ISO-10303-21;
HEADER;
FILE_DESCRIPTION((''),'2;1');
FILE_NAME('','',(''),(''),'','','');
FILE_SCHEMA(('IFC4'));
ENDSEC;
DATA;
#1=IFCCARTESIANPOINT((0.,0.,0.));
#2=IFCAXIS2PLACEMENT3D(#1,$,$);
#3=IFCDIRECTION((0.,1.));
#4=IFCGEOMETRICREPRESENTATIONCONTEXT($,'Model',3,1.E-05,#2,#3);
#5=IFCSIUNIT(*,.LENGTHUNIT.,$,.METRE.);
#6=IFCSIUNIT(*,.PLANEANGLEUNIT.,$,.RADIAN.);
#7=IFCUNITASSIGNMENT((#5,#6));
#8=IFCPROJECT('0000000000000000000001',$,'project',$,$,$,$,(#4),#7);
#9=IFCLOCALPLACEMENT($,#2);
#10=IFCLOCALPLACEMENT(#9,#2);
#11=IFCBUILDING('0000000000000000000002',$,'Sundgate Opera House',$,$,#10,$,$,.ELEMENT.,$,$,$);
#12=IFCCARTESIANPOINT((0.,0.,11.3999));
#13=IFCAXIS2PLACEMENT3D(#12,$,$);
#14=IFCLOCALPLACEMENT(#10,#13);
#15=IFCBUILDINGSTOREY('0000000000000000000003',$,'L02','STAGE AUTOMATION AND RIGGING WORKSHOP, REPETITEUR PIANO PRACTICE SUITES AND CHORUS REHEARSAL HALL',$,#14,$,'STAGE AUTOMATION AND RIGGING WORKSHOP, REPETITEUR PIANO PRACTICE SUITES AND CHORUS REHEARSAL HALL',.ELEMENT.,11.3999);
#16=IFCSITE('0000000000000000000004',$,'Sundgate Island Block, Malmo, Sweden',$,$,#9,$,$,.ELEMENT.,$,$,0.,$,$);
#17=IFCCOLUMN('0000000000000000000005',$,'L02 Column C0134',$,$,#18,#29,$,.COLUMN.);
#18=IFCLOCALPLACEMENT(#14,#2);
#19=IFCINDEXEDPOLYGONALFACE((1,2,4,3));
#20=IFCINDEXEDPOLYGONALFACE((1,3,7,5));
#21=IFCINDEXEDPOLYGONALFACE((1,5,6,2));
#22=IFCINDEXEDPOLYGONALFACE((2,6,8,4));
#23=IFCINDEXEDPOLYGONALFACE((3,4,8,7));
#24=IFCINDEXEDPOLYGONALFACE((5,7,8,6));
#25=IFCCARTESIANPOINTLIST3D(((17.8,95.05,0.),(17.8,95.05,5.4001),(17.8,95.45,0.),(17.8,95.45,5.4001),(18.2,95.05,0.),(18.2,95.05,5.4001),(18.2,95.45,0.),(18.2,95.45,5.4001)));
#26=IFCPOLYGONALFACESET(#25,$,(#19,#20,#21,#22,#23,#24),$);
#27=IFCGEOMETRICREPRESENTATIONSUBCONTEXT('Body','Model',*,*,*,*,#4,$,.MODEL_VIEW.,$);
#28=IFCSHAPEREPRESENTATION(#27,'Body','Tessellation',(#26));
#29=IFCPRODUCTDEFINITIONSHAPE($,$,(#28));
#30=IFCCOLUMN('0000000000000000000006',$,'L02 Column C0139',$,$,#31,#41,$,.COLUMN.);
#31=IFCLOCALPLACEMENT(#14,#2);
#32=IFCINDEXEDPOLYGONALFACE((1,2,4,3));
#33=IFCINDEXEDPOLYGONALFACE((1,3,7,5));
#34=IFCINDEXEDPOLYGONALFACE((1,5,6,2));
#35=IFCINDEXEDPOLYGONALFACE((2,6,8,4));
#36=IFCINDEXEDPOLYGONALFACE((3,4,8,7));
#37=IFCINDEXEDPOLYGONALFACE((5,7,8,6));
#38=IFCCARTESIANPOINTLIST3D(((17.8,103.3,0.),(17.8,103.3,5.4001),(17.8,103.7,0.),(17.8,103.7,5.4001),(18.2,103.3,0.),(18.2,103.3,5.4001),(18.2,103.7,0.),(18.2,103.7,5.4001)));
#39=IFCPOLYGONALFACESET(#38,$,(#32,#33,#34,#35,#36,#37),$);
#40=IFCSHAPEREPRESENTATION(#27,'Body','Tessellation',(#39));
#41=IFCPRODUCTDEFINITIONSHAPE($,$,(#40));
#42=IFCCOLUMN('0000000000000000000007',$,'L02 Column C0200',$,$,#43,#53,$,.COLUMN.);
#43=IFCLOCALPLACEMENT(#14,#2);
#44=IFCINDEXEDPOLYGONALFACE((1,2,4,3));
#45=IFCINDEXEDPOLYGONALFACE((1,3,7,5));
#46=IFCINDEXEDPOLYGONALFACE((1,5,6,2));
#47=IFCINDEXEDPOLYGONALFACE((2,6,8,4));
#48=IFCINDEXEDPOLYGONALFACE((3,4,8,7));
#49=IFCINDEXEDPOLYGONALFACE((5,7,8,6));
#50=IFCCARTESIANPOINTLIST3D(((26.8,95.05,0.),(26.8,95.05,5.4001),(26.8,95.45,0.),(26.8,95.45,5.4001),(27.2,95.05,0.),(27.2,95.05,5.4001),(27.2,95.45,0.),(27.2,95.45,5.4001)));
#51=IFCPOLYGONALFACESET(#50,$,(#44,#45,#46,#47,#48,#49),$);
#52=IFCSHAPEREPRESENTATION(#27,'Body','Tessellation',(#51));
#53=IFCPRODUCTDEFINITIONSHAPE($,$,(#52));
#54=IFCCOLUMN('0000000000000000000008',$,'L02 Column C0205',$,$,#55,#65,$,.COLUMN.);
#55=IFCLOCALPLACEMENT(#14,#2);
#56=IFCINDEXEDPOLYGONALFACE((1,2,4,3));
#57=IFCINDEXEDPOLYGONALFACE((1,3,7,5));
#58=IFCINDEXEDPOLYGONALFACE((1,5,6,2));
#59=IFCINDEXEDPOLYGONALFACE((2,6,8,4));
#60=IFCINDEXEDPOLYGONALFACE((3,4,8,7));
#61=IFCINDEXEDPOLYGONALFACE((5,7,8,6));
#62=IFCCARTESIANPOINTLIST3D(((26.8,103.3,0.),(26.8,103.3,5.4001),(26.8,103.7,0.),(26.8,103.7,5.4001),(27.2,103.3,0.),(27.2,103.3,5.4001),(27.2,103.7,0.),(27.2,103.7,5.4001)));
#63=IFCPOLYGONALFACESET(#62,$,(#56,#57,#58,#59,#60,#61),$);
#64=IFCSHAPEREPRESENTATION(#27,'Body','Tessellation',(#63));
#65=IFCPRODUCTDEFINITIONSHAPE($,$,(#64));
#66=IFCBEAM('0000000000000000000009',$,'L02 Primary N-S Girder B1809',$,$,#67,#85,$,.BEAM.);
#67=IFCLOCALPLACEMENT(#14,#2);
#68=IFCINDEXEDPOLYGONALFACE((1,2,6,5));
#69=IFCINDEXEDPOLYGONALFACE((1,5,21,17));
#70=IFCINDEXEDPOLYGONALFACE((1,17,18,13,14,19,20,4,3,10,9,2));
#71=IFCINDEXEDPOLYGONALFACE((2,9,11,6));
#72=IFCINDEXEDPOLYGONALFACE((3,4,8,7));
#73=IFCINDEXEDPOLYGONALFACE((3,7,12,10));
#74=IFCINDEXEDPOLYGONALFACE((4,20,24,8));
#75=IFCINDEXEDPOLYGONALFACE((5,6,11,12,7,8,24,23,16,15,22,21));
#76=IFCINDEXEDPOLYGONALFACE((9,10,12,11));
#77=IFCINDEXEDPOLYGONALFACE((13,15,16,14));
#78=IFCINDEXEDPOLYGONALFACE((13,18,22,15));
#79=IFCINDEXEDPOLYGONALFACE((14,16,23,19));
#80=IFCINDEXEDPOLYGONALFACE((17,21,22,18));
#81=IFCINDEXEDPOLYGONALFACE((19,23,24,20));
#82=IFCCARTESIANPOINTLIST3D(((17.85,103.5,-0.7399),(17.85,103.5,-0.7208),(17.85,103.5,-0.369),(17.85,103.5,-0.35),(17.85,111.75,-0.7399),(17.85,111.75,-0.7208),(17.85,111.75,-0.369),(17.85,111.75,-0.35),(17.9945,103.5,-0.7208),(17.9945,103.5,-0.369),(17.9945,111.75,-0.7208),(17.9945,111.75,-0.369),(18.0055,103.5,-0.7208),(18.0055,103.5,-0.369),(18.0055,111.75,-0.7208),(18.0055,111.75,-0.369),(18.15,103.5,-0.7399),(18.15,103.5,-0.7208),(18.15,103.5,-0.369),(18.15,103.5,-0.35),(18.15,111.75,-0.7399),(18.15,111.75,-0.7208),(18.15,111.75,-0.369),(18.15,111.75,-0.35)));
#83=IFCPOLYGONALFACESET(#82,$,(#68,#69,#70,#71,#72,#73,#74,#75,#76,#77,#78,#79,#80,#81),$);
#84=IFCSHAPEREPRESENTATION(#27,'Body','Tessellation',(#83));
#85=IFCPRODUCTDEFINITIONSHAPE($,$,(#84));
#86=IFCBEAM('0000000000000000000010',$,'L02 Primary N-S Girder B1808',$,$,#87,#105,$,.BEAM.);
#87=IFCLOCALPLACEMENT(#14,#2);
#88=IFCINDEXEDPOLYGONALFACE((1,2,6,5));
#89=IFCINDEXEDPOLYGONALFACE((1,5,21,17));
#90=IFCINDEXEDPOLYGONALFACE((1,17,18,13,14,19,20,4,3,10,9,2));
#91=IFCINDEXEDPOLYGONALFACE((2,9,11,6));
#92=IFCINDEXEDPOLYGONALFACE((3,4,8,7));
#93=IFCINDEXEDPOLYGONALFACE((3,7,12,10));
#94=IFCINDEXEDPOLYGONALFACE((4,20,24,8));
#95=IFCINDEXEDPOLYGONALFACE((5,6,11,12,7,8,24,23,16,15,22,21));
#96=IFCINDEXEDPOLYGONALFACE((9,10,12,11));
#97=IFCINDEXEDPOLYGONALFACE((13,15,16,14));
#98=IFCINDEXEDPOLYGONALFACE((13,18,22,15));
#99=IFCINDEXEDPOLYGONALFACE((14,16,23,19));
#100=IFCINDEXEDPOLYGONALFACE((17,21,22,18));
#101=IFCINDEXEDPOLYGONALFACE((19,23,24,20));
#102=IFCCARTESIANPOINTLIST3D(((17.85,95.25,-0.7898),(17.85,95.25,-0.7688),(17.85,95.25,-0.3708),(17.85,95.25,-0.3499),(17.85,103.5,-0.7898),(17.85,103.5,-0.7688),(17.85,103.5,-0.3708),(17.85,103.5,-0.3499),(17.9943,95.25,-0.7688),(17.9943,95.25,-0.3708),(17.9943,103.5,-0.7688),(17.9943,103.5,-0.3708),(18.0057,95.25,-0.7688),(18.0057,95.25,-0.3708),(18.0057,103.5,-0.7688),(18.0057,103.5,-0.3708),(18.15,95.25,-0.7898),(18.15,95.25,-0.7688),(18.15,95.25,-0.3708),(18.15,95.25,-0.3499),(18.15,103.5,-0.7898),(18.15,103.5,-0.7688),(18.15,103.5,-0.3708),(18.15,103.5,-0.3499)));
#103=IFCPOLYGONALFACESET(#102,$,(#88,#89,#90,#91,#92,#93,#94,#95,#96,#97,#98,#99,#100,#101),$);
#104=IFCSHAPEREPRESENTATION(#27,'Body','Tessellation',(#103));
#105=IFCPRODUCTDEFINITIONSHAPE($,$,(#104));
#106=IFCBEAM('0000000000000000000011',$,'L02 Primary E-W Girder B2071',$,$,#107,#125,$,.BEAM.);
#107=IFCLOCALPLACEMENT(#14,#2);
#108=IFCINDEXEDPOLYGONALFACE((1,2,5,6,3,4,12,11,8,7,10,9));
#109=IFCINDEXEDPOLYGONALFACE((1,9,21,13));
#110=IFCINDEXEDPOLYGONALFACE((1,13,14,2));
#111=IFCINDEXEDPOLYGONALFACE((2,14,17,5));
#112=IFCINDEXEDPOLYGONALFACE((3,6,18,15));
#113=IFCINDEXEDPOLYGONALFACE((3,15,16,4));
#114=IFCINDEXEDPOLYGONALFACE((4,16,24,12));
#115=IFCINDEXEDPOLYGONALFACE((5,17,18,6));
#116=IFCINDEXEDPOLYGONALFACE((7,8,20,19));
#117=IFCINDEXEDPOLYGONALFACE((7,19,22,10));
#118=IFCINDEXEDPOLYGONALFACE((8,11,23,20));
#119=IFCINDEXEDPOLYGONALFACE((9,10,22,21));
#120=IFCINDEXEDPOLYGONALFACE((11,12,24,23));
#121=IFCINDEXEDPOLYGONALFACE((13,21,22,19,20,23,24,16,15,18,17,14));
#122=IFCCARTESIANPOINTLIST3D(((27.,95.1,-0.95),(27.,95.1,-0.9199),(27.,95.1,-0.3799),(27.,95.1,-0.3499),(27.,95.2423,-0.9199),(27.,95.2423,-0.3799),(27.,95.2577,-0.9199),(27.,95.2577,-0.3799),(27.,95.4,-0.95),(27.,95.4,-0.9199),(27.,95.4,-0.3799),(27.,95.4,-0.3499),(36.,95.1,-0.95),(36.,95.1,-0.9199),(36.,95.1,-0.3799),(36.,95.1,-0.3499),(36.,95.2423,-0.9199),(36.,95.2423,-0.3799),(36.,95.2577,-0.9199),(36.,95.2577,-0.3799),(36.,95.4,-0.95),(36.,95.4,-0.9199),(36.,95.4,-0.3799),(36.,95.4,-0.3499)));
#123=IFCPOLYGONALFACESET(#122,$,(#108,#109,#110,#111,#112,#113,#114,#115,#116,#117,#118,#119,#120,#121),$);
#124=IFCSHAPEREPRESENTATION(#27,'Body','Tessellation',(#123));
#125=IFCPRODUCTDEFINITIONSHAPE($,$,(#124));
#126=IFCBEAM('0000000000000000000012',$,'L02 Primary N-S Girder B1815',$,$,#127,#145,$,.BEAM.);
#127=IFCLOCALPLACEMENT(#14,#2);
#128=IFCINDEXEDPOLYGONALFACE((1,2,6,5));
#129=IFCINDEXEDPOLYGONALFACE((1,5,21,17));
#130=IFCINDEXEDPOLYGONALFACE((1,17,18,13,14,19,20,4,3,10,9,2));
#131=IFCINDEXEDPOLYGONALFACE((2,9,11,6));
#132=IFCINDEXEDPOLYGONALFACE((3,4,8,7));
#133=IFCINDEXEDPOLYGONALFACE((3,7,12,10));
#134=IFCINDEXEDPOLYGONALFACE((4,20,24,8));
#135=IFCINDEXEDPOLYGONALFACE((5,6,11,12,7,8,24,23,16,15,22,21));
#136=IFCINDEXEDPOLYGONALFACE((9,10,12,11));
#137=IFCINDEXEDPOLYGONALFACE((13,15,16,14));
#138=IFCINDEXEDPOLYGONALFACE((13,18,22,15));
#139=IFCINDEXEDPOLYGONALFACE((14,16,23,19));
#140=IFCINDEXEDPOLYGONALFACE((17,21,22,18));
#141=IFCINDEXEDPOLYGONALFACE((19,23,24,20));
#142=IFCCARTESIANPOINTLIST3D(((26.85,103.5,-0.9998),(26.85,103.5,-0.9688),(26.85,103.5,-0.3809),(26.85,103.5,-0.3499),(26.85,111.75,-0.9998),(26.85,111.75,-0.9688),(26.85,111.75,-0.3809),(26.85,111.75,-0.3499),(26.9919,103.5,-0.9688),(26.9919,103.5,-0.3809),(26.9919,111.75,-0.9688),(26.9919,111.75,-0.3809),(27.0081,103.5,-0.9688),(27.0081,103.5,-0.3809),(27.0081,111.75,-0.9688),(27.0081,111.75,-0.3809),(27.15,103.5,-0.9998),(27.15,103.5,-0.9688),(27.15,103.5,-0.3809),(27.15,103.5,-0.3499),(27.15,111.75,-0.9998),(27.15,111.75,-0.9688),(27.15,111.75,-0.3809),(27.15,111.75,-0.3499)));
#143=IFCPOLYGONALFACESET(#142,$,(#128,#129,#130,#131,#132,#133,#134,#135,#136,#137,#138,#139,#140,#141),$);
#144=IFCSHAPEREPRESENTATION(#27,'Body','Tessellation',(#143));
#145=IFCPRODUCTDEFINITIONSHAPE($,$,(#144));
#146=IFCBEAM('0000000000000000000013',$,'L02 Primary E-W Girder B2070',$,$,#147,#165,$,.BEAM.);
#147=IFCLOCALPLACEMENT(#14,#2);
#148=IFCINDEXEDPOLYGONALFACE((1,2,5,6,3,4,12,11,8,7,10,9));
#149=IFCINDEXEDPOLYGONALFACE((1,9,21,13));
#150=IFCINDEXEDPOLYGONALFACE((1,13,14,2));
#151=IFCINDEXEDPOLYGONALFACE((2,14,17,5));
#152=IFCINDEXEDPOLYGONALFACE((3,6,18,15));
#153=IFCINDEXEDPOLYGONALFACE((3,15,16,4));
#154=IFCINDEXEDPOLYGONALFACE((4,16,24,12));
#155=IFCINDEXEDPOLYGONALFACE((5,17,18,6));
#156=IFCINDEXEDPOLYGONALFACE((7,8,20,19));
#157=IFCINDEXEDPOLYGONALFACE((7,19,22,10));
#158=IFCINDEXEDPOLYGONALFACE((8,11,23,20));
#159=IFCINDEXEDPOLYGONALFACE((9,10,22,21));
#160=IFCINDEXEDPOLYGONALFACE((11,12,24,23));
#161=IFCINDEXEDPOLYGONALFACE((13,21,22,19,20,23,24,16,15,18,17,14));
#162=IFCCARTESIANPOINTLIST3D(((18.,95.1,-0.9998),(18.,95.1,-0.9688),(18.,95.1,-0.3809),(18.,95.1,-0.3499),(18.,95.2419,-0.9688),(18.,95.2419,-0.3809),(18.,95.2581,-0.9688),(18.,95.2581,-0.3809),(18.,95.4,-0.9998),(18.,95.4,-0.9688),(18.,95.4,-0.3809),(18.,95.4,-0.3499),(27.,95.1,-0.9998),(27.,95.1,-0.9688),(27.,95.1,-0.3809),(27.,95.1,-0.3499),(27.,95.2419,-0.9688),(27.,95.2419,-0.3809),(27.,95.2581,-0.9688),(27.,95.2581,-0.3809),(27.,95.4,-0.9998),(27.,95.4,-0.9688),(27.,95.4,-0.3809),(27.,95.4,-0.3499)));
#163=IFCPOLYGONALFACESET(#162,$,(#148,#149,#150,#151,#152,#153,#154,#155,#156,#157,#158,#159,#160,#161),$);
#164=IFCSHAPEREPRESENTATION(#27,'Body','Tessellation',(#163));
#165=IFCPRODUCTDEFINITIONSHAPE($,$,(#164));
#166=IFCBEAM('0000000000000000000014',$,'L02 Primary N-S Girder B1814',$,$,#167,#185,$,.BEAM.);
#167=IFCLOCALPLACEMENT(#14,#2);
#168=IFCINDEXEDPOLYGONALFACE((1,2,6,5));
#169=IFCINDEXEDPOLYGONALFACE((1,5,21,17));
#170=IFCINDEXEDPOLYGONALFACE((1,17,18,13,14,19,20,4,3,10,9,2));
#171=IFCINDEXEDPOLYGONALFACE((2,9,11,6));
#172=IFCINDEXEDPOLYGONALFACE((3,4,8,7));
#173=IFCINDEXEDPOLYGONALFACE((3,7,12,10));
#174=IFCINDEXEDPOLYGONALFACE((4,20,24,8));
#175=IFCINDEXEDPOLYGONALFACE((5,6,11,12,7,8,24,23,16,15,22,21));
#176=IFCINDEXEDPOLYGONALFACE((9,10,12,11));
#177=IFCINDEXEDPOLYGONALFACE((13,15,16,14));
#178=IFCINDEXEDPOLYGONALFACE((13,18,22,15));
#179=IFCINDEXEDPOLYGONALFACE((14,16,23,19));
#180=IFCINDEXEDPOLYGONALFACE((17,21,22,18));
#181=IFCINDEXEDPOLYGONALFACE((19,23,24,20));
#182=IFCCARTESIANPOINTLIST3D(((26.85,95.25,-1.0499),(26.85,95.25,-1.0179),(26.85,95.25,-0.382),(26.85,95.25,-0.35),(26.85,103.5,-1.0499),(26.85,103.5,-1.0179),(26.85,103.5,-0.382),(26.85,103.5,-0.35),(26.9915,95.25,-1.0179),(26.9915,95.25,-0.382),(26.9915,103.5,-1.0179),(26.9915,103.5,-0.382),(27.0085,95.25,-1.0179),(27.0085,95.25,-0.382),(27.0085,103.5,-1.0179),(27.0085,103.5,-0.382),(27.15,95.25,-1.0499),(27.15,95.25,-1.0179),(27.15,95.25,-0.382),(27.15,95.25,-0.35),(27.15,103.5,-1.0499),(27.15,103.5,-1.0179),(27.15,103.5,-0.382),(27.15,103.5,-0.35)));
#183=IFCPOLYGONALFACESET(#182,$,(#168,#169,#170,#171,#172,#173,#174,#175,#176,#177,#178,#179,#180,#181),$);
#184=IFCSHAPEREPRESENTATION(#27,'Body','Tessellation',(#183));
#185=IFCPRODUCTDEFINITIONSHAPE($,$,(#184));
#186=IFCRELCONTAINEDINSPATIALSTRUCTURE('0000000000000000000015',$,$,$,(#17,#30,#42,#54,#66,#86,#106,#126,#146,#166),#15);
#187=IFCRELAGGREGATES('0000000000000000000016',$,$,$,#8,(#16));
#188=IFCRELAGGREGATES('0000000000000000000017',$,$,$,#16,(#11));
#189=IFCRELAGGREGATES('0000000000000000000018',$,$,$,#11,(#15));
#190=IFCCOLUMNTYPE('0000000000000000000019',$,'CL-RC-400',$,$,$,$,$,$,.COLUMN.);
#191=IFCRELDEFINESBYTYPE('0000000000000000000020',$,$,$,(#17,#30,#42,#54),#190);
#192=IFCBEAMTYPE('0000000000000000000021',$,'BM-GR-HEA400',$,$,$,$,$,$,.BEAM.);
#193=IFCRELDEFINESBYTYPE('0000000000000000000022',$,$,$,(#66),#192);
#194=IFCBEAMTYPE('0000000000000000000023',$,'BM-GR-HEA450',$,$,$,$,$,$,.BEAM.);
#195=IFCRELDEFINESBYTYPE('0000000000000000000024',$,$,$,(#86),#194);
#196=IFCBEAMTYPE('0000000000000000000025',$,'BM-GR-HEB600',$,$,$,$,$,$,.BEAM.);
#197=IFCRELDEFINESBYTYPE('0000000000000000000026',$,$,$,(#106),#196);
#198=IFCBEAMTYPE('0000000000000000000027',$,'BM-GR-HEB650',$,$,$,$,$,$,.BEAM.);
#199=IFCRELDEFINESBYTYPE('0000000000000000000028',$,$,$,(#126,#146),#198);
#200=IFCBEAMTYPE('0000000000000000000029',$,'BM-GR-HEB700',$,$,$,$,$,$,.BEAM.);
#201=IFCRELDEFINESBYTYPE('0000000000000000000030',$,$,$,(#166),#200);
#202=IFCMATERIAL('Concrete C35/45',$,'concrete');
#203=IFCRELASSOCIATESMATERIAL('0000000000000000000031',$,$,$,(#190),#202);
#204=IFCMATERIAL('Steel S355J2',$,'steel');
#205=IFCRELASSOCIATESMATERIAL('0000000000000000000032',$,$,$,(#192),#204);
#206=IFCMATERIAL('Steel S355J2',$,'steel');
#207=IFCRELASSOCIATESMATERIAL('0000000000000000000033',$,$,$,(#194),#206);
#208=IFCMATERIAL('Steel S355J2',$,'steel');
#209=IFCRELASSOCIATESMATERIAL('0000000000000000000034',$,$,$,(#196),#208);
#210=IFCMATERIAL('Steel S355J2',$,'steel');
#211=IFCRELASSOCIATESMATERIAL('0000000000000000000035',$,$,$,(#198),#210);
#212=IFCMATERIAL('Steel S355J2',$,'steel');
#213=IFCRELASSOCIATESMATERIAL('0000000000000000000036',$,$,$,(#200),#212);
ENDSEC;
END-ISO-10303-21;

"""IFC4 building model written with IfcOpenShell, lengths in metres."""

from ifc_helpers import new_model, si_unit, direction, frame, origin, origin_2d, place, context, subcontext, project, spatial, rectangle, i_section, extrude, material, material_profile, profile_set, type_object, element, save


model = new_model("IFC4")

# Units and contexts
model_context = context("Model", 3, precision=1e-05, world=origin(), true_north=direction((0.0, 1.0)))
body_context = subcontext(model_context, "Body", "Model", "MODEL_VIEW")
ifc_project = project(units=[si_unit("LENGTHUNIT", "METRE"), si_unit("PLANEANGLEUNIT", "RADIAN")], contexts=[model_context])

# Site, building, storey
site_placement = place(None, origin())
site = spatial("IfcSite", under=ifc_project, at=site_placement, Name="Sundgate Island Block, Malmo, Sweden", CompositionType="ELEMENT", RefElevation=0.0)
building_placement = place(site_placement, origin())
building = spatial("IfcBuilding", under=site, at=building_placement, Name="Sundgate Opera House", CompositionType="ELEMENT")
storey_placement = place(building_placement, frame((0.0, 0.0, 11.3999)))
storey = spatial("IfcBuildingStorey", under=building, at=storey_placement, Name="L02", Description="STAGE AUTOMATION AND RIGGING WORKSHOP, REPETITEUR PIANO PRACTICE SUITES AND CHORUS REHEARSAL HALL", LongName="STAGE AUTOMATION AND RIGGING WORKSHOP, REPETITEUR PIANO PRACTICE SUITES AND CHORUS REHEARSAL HALL", CompositionType="ELEMENT", Elevation=11.3999)

# Columns
ifc_material_1 = material(Name="Concrete C35/45", Category="concrete")
ifc_material_profile_1 = material_profile(ifc_material_1, rectangle(XDim=0.3999, YDim=0.3999, at=origin_2d()), Name="RC 400x400")
ifc_profile_set_1 = profile_set([ifc_material_profile_1], Name="Concrete C35/45")
column_type = type_object("IfcColumnType", Name="CL-RC-400", PredefinedType="COLUMN", material=ifc_profile_set_1)
for number, where, z_axis, x_axis, name in (
    (1, (18.0, 95.25, 0.0), (0.0, 0.0, 1.0), (1.0, 0.0, 0.0), "L02 Column C0134"),
    (2, (18.0, 103.5, 0.0), (0.0, 0.0, 1.0), (1.0, 0.0, 0.0), "L02 Column C0139"),
    (3, (27.0, 95.25, 0.0), (0.0, 0.0, 1.0), (1.0, 0.0, 0.0), "L02 Column C0200"),
    (4, (27.0, 103.5, 0.0), (0.0, 0.0, 1.0), (1.0, 0.0, 0.0), "L02 Column C0205"),
):
    element("IfcColumn", number, at=place(storey_placement, frame(where, z_axis=z_axis, x_axis=x_axis)), inside=storey, type_object=column_type, Name=name, PredefinedType="COLUMN", context=body_context, shape_type="SweptSolid", body=[
        extrude(rectangle(XDim=0.3999, YDim=0.3999, at=origin_2d()), origin(), (0.0, 0.0, 1.0), 5.4001),
    ])

# Beams
ifc_material_2 = material(Name="Steel S355J2", Category="steel")
ifc_material_profile_2 = material_profile(ifc_material_2, i_section(OverallWidth=0.3, OverallDepth=0.3899, WebThickness=0.011, FlangeThickness=0.019, at=origin_2d()), Name="HEA 400")
ifc_profile_set_2 = profile_set([ifc_material_profile_2], Name="Steel S355J2")
beam_type_1 = type_object("IfcBeamType", Name="BM-GR-HEA400", PredefinedType="BEAM", material=ifc_profile_set_2)
beam_1_placement = place(storey_placement, frame((18.0, 103.5, -0.5449), z_axis=(0.0, 1.0, 0.0), x_axis=(-1.0, 0.0, 0.0)))
element("IfcBeam", 5, at=beam_1_placement, inside=storey, type_object=beam_type_1, Name="L02 Primary N-S Girder B1809", PredefinedType="BEAM", context=body_context, shape_type="SweptSolid", body=[
    extrude(i_section(OverallWidth=0.3, OverallDepth=0.3899, WebThickness=0.011, FlangeThickness=0.019, at=origin_2d()), origin(), (0.0, 0.0, 1.0), 8.25),
])
ifc_material_3 = material(Name="Steel S355J2", Category="steel")
ifc_material_profile_3 = material_profile(ifc_material_3, i_section(OverallWidth=0.3, OverallDepth=0.4399, WebThickness=0.0115, FlangeThickness=0.021, at=origin_2d()), Name="HEA 450")
ifc_profile_set_3 = profile_set([ifc_material_profile_3], Name="Steel S355J2")
beam_type_2 = type_object("IfcBeamType", Name="BM-GR-HEA450", PredefinedType="BEAM", material=ifc_profile_set_3)
beam_2_placement = place(storey_placement, frame((18.0, 95.25, -0.5698), z_axis=(0.0, 1.0, 0.0), x_axis=(-1.0, 0.0, 0.0)))
element("IfcBeam", 6, at=beam_2_placement, inside=storey, type_object=beam_type_2, Name="L02 Primary N-S Girder B1808", PredefinedType="BEAM", context=body_context, shape_type="SweptSolid", body=[
    extrude(i_section(OverallWidth=0.3, OverallDepth=0.4399, WebThickness=0.0115, FlangeThickness=0.021, at=origin_2d()), origin(), (0.0, 0.0, 1.0), 8.25),
])
ifc_material_4 = material(Name="Steel S355J2", Category="steel")
ifc_material_profile_4 = material_profile(ifc_material_4, i_section(OverallWidth=0.3, OverallDepth=0.6001, WebThickness=0.0154, FlangeThickness=0.03, at=origin_2d()), Name="HEB 600")
ifc_profile_set_4 = profile_set([ifc_material_profile_4], Name="Steel S355J2")
beam_type_3 = type_object("IfcBeamType", Name="BM-GR-HEB600", PredefinedType="BEAM", material=ifc_profile_set_4)
beam_3_placement = place(storey_placement, frame((27.0, 95.25, -0.6499), z_axis=(1.0, 0.0, 0.0), x_axis=(0.0, 1.0, 0.0)))
element("IfcBeam", 7, at=beam_3_placement, inside=storey, type_object=beam_type_3, Name="L02 Primary E-W Girder B2071", PredefinedType="BEAM", context=body_context, shape_type="SweptSolid", body=[
    extrude(i_section(OverallWidth=0.3, OverallDepth=0.6001, WebThickness=0.0154, FlangeThickness=0.03, at=origin_2d()), origin(), (0.0, 0.0, 1.0), 9.0),
])
ifc_material_5 = material(Name="Steel S355J2", Category="steel")
ifc_material_profile_5 = material_profile(ifc_material_5, i_section(OverallWidth=0.3, OverallDepth=0.6499, WebThickness=0.0161, FlangeThickness=0.031, at=origin_2d()), Name="HEB 650")
ifc_profile_set_5 = profile_set([ifc_material_profile_5], Name="Steel S355J2")
beam_type_4 = type_object("IfcBeamType", Name="BM-GR-HEB650", PredefinedType="BEAM", material=ifc_profile_set_5)
beam_4_placement = place(storey_placement, frame((27.0, 103.5, -0.6748), z_axis=(0.0, 1.0, 0.0), x_axis=(-1.0, 0.0, 0.0)))
element("IfcBeam", 8, at=beam_4_placement, inside=storey, type_object=beam_type_4, Name="L02 Primary N-S Girder B1815", PredefinedType="BEAM", context=body_context, shape_type="SweptSolid", body=[
    extrude(i_section(OverallWidth=0.3, OverallDepth=0.6499, WebThickness=0.0161, FlangeThickness=0.031, at=origin_2d()), origin(), (0.0, 0.0, 1.0), 8.25),
])
beam_5_placement = place(storey_placement, frame((18.0, 95.25, -0.6748), z_axis=(1.0, 0.0, 0.0), x_axis=(0.0, 1.0, 0.0)))
element("IfcBeam", 9, at=beam_5_placement, inside=storey, type_object=beam_type_4, Name="L02 Primary E-W Girder B2070", PredefinedType="BEAM", context=body_context, shape_type="SweptSolid", body=[
    extrude(i_section(OverallWidth=0.3, OverallDepth=0.6499, WebThickness=0.0161, FlangeThickness=0.031, at=origin_2d()), origin(), (0.0, 0.0, 1.0), 9.0),
])
ifc_material_6 = material(Name="Steel S355J2", Category="steel")
ifc_material_profile_6 = material_profile(ifc_material_6, i_section(OverallWidth=0.3, OverallDepth=0.7, WebThickness=0.0171, FlangeThickness=0.032, at=origin_2d()), Name="HEB 700")
ifc_profile_set_6 = profile_set([ifc_material_profile_6], Name="Steel S355J2")
beam_type_5 = type_object("IfcBeamType", Name="BM-GR-HEB700", PredefinedType="BEAM", material=ifc_profile_set_6)
beam_6_placement = place(storey_placement, frame((27.0, 95.25, -0.7), z_axis=(0.0, 1.0, 0.0), x_axis=(-1.0, 0.0, 0.0)))
element("IfcBeam", 10, at=beam_6_placement, inside=storey, type_object=beam_type_5, Name="L02 Primary N-S Girder B1814", PredefinedType="BEAM", context=body_context, shape_type="SweptSolid", body=[
    extrude(i_section(OverallWidth=0.3, OverallDepth=0.7, WebThickness=0.0171, FlangeThickness=0.032, at=origin_2d()), origin(), (0.0, 0.0, 1.0), 8.25),
])

save(model, "model.ifc")
